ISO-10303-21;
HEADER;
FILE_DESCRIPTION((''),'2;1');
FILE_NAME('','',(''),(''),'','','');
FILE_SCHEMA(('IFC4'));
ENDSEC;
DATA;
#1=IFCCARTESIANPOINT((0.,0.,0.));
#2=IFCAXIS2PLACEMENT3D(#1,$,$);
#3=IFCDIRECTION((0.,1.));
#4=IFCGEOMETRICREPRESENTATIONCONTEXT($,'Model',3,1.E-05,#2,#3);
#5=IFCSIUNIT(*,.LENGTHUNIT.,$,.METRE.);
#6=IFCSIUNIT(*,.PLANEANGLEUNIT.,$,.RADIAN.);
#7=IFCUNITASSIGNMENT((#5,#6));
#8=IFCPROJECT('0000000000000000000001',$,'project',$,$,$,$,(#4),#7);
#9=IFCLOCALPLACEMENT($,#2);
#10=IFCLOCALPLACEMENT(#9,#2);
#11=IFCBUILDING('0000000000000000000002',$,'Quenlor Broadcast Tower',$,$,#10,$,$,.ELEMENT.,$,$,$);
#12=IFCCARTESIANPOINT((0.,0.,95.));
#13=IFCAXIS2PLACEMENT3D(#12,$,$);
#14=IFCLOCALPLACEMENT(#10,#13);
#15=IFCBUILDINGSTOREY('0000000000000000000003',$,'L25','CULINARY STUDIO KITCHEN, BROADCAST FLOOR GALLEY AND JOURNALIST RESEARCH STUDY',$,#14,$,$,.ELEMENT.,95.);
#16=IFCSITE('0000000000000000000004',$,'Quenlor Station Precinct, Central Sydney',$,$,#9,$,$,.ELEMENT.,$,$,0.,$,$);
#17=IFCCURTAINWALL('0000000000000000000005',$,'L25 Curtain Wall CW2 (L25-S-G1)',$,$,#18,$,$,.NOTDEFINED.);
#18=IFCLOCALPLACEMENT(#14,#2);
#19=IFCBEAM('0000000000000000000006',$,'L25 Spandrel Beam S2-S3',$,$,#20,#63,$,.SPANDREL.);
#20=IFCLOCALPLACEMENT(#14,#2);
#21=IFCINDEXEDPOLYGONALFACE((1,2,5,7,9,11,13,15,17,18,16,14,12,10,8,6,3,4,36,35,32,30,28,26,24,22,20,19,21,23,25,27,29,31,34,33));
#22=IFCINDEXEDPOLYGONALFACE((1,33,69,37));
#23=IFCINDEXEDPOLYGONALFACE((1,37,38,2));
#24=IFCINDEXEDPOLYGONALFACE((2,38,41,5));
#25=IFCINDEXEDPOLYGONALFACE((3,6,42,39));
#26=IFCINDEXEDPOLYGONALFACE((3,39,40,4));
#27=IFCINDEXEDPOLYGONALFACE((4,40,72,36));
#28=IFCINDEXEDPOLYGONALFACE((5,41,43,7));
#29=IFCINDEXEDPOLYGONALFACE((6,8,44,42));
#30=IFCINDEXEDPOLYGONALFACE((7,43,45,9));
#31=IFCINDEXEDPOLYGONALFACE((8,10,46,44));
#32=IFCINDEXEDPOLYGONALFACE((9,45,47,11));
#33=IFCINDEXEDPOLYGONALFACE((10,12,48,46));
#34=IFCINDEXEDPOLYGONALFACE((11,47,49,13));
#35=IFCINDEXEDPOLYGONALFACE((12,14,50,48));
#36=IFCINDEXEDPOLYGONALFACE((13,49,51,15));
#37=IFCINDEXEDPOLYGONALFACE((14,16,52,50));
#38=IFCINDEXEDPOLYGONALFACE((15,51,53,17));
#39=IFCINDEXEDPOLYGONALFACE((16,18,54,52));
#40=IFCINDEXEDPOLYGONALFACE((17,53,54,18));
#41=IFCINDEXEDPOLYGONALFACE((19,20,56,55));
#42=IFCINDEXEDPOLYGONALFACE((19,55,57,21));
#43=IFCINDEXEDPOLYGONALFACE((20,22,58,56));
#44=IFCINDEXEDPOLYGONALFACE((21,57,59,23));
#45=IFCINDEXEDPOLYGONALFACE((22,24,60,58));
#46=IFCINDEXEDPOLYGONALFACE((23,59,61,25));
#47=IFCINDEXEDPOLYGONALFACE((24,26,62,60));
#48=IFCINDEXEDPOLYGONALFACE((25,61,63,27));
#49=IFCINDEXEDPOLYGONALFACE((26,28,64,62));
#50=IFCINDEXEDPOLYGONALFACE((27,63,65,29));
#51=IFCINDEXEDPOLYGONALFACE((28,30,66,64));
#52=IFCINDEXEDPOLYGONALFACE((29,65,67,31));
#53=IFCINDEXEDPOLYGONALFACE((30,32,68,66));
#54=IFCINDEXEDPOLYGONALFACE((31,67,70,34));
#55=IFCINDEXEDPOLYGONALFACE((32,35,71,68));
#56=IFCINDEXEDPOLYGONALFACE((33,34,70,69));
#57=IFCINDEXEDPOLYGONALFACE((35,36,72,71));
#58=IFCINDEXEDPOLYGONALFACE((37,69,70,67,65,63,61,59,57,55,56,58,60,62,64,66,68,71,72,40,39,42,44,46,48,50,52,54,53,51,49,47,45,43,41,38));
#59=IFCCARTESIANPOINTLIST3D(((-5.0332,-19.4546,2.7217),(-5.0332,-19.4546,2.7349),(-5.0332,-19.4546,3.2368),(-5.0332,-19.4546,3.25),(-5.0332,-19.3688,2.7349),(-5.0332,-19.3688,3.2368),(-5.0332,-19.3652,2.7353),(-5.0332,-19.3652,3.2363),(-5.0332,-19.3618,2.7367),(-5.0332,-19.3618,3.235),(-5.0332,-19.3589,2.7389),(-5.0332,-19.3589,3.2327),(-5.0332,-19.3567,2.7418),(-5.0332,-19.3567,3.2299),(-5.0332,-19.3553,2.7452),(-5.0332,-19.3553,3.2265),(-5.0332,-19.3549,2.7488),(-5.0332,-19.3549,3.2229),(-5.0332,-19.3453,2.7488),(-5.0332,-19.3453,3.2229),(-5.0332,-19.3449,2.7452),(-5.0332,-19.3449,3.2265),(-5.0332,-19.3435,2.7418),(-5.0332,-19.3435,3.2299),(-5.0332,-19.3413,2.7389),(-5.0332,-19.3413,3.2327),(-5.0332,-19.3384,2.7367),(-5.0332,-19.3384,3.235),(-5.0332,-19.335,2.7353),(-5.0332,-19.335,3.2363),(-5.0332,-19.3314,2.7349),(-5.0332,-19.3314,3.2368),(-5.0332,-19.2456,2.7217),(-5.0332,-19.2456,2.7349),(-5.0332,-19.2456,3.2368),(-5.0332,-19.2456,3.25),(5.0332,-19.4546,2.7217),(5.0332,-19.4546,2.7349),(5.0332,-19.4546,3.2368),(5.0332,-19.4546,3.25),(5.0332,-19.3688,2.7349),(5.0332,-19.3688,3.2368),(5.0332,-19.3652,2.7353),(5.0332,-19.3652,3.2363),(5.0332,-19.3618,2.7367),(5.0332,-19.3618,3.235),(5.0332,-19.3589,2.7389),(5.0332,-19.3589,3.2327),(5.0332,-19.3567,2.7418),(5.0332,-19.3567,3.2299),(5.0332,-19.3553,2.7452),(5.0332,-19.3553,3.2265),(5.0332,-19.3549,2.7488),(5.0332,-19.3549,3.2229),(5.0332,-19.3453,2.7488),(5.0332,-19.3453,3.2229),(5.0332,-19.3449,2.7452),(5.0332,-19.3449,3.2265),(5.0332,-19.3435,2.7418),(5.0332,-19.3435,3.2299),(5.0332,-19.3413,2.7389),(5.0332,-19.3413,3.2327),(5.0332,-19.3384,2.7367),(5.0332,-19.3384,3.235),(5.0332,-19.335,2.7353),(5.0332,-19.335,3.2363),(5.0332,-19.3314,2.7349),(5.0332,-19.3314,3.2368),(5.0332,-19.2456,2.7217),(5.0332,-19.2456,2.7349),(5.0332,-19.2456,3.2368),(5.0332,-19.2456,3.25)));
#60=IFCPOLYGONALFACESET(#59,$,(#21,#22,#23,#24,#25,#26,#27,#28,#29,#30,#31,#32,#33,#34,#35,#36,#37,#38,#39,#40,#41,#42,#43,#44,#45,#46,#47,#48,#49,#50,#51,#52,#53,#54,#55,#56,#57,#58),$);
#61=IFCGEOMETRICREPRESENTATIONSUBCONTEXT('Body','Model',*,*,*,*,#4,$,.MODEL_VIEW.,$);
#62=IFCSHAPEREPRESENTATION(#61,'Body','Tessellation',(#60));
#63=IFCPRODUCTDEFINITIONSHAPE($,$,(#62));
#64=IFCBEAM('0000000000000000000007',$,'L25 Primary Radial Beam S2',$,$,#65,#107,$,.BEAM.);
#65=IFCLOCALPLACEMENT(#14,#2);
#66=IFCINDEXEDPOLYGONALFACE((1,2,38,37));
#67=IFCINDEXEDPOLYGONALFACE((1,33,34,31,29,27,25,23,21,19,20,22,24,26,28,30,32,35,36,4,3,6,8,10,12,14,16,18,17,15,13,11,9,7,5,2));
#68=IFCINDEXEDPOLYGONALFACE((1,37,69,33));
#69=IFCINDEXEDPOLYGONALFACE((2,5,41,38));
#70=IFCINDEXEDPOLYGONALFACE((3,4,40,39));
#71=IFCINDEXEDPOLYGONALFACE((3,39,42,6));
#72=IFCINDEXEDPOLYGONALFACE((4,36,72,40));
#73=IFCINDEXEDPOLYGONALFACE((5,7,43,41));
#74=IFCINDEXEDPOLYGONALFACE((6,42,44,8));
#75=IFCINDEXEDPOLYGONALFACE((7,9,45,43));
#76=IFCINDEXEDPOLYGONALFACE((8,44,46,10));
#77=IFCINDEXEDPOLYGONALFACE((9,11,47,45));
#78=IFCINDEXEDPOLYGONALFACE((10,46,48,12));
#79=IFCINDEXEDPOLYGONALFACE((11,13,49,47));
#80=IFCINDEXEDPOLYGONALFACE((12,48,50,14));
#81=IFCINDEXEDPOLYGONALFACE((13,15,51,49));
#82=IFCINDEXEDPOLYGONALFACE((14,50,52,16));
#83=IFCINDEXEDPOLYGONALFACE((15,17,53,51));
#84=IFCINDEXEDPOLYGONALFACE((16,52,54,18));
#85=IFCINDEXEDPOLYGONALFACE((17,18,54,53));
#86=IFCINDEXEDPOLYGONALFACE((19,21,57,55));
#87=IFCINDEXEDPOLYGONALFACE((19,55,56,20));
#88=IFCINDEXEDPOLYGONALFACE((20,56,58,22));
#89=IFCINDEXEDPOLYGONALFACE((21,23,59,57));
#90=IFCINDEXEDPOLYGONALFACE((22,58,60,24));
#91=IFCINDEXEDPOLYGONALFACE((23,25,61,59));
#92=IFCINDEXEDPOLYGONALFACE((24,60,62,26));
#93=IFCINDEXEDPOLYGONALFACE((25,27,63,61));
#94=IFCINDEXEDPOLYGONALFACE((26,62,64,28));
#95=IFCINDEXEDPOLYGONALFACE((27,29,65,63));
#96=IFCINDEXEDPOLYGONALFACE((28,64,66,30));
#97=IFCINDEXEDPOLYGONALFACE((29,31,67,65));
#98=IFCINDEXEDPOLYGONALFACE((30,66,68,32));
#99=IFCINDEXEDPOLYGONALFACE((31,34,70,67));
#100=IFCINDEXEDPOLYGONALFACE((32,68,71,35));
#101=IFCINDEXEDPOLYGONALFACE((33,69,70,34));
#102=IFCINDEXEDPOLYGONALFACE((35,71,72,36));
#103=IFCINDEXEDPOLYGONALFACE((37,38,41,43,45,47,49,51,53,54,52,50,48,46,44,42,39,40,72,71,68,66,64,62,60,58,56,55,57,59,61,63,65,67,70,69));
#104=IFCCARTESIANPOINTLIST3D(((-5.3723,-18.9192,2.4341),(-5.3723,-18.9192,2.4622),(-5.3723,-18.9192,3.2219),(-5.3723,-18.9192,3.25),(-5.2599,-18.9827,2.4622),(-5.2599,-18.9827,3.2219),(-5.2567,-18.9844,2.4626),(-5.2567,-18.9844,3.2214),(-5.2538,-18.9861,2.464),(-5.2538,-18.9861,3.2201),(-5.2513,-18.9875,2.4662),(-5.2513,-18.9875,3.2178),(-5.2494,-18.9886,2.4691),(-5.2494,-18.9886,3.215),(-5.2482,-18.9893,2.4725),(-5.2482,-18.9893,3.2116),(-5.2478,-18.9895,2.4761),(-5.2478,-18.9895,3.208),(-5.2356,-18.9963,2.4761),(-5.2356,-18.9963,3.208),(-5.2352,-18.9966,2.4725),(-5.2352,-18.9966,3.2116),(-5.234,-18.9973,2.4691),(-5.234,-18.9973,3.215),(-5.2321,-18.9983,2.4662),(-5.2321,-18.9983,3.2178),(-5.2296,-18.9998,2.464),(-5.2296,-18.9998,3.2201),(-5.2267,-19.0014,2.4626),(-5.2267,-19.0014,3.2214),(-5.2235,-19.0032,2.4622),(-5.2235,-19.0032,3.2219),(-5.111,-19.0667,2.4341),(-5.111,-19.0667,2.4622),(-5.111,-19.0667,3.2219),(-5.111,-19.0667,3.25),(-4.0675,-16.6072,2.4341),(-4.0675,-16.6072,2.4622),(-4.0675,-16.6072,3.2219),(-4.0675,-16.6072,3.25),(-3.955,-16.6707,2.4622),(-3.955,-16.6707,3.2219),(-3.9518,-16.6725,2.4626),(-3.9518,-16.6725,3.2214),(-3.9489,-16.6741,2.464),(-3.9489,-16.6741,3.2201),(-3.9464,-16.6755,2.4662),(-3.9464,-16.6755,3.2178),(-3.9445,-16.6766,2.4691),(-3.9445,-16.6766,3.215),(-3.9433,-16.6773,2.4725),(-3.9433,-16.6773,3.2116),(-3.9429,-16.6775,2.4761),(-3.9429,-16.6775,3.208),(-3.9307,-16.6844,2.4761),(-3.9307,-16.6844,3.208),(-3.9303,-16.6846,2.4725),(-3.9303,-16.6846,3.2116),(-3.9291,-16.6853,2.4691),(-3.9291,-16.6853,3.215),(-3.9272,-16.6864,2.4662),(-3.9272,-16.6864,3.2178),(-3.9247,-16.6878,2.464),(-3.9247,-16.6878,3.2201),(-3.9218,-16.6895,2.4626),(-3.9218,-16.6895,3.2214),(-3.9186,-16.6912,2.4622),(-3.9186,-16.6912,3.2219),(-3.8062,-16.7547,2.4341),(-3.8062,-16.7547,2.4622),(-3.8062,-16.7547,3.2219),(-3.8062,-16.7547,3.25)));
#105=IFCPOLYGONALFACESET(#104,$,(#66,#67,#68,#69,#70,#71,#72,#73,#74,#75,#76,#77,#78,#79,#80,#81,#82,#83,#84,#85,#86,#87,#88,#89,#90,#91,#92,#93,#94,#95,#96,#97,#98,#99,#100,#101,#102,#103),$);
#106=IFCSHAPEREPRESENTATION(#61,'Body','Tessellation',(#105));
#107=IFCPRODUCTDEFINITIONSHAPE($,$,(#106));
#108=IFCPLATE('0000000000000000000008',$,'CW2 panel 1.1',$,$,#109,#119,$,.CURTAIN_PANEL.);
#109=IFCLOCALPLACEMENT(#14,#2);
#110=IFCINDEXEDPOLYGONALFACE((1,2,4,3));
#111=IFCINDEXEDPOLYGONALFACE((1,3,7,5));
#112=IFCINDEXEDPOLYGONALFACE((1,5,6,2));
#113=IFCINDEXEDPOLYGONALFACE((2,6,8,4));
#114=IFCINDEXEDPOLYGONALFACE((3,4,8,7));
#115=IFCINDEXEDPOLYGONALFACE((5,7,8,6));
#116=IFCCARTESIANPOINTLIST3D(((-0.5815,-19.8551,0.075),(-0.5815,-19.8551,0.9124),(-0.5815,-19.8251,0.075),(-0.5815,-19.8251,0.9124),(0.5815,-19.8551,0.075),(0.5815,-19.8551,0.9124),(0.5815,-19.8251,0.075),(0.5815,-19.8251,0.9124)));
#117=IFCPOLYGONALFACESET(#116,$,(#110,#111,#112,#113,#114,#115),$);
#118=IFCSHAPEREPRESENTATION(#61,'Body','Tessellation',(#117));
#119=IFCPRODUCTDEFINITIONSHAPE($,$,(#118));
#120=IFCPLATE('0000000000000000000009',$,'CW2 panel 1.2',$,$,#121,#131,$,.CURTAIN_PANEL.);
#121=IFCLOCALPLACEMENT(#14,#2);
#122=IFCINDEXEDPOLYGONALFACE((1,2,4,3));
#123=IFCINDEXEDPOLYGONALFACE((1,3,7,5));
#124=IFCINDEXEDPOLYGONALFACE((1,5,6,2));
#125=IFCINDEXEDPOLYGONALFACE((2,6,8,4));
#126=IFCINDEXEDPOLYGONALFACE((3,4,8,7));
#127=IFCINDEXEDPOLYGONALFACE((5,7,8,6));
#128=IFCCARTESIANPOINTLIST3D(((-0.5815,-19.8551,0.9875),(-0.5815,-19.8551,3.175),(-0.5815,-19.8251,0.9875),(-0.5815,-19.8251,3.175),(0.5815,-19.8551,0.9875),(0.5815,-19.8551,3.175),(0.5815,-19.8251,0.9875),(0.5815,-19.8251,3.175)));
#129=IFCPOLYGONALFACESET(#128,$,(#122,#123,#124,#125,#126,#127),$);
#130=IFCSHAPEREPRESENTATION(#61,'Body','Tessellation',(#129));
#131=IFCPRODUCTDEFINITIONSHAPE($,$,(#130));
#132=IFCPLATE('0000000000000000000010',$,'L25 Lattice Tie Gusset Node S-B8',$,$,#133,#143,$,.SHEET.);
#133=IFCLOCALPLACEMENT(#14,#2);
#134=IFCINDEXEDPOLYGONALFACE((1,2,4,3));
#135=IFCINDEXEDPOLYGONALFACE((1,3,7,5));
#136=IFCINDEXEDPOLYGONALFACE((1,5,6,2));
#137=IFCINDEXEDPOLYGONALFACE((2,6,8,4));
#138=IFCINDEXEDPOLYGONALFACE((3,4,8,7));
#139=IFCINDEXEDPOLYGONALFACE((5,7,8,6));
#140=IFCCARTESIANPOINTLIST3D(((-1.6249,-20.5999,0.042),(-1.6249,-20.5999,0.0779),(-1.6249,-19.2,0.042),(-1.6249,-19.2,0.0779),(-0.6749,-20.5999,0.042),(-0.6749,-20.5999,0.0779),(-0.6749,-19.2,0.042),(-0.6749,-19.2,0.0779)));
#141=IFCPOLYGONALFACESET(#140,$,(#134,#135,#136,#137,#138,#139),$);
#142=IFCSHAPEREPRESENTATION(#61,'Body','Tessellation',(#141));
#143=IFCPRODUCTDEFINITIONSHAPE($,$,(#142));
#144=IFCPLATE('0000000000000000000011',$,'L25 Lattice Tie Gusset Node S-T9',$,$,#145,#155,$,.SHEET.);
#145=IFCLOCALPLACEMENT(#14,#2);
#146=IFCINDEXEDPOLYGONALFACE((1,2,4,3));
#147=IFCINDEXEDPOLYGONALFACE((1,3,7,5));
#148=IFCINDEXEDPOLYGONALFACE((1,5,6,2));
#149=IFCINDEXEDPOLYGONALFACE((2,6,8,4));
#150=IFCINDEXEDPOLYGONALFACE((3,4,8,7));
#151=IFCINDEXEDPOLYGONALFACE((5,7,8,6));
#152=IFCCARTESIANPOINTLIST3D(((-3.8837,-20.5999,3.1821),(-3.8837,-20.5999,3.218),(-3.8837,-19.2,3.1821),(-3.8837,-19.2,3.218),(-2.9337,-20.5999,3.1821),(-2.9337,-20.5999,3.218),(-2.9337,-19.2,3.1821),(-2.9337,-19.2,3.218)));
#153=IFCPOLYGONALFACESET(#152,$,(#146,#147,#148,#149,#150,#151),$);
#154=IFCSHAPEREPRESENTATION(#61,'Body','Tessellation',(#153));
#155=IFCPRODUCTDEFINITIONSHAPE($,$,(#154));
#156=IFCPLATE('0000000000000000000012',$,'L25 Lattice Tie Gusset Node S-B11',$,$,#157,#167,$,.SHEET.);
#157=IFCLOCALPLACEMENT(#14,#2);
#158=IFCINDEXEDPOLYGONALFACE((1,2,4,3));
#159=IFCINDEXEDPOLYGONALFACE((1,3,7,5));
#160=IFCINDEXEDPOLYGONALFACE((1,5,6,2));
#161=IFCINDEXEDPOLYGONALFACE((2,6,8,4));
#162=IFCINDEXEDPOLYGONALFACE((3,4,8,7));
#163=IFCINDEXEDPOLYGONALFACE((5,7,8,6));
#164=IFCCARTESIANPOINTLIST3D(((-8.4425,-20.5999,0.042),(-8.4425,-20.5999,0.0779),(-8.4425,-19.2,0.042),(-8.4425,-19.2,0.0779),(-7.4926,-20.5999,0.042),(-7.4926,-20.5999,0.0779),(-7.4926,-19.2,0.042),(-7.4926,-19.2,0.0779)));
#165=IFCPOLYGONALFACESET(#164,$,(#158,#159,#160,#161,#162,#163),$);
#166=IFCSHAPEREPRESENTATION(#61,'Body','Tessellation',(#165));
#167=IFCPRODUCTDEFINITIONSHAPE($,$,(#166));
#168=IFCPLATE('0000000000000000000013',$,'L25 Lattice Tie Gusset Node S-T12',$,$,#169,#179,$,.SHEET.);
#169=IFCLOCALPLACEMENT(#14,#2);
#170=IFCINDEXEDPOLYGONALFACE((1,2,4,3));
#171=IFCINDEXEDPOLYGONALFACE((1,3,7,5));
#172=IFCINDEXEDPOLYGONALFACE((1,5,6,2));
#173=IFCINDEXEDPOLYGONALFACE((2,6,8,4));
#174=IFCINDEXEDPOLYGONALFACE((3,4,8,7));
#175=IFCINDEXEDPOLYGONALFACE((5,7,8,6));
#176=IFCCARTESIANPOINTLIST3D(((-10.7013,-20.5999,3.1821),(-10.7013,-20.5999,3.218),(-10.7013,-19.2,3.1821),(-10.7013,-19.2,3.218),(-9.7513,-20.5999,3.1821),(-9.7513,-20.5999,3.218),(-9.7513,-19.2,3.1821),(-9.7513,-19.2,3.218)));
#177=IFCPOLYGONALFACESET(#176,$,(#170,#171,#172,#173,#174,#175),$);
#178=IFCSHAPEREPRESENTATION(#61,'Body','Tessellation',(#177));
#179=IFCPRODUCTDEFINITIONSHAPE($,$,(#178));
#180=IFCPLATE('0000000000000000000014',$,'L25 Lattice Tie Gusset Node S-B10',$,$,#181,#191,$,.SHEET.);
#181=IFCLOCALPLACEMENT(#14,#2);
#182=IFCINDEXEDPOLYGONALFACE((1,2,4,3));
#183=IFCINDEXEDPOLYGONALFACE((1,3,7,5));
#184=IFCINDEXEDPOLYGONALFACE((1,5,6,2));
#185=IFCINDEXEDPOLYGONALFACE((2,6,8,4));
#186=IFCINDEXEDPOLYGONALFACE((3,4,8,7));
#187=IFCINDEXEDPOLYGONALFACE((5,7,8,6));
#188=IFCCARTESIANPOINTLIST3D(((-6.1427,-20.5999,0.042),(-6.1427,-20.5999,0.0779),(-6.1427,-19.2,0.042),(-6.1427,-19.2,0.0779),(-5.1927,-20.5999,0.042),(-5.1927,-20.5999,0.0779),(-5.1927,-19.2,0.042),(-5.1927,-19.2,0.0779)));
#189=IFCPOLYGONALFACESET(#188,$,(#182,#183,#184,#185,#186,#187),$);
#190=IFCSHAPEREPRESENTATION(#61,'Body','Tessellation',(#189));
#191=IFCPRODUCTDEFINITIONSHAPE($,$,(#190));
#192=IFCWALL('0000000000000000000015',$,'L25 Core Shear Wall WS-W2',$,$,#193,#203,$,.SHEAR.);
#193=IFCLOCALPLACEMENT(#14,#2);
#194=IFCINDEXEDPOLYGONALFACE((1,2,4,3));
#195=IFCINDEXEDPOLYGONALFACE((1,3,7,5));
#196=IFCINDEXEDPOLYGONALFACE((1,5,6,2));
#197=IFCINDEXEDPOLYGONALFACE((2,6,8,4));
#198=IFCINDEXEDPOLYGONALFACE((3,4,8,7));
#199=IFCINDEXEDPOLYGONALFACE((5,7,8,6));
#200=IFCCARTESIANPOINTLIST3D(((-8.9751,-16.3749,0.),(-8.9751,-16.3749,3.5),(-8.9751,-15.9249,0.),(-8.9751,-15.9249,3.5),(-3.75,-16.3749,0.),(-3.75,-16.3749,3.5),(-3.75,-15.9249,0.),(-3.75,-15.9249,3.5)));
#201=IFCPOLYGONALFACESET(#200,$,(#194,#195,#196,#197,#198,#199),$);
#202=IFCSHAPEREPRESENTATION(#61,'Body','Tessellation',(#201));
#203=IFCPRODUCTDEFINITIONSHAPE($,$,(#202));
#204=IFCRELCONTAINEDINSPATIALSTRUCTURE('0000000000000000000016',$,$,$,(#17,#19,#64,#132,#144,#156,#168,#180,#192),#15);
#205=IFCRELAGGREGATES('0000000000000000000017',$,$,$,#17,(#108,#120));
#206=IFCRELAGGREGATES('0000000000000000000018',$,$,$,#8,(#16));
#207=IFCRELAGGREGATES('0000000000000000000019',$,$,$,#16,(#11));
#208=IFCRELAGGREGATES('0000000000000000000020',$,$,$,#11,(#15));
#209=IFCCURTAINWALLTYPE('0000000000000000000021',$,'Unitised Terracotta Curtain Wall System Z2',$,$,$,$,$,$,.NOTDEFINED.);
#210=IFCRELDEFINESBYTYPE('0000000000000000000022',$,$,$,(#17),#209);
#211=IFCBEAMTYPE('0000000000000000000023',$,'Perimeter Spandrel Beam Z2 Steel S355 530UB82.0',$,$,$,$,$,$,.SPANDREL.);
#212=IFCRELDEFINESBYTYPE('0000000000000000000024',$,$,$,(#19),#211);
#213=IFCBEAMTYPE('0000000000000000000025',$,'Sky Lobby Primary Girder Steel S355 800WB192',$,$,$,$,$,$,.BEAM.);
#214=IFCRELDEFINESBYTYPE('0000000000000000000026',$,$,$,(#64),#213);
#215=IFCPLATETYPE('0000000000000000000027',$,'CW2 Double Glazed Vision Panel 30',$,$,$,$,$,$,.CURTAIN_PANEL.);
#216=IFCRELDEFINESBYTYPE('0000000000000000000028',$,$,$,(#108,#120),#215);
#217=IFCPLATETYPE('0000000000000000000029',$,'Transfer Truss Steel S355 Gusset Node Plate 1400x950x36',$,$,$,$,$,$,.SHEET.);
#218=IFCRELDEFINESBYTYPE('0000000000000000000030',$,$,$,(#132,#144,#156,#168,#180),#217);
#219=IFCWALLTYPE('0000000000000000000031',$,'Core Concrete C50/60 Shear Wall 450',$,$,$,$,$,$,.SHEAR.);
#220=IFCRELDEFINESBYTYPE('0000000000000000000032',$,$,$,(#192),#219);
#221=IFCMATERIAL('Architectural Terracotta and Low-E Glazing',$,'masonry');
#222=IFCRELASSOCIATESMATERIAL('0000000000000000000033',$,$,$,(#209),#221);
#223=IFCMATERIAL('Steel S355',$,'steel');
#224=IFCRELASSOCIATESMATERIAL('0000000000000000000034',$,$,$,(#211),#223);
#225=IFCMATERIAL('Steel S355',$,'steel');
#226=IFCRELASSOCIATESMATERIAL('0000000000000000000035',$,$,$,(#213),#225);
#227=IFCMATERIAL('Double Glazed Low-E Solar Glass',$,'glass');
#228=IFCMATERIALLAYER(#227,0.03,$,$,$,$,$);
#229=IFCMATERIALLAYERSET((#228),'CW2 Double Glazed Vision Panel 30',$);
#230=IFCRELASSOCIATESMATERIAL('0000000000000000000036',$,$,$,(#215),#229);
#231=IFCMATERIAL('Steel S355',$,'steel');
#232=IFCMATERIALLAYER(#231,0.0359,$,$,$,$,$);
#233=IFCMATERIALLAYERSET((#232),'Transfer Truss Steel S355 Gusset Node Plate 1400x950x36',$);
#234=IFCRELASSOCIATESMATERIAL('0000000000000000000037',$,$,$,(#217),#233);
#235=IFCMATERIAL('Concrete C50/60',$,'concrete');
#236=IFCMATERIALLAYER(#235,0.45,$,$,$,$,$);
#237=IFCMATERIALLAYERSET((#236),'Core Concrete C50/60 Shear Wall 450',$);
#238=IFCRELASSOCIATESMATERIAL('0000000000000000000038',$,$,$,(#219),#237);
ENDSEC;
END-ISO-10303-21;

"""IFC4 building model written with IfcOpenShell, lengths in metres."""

from ifc_helpers import new_model, si_unit, direction, frame, frame_2d, origin, origin_2d, place, context, subcontext, project, spatial, rectangle, i_section, extrude, material, layer, layer_set, material_profile, profile_set, type_object, element, aggregate, save


model = new_model("IFC4")

# Units and contexts
model_context = context("Model", 3, precision=1e-05, world=origin(), true_north=direction((0.0, 1.0)))
body_context = subcontext(model_context, "Body", "Model", "MODEL_VIEW")
ifc_project = project(units=[si_unit("LENGTHUNIT", "METRE"), si_unit("PLANEANGLEUNIT", "RADIAN")], contexts=[model_context])

# Site, building, storey
site_placement = place(None, origin())
site = spatial("IfcSite", under=ifc_project, at=site_placement, Name="Quenlor Station Precinct, Central Sydney", CompositionType="ELEMENT", RefElevation=0.0)
building_placement = place(site_placement, origin())
building = spatial("IfcBuilding", under=site, at=building_placement, Name="Quenlor Broadcast Tower", CompositionType="ELEMENT")
storey_placement = place(building_placement, frame((0.0, 0.0, 95.0)))
storey = spatial("IfcBuildingStorey", under=building, at=storey_placement, Name="L25", Description="CULINARY STUDIO KITCHEN, BROADCAST FLOOR GALLEY AND JOURNALIST RESEARCH STUDY", CompositionType="ELEMENT", Elevation=95.0)

# Curtain wall
ifc_material_1 = material(Name="Architectural Terracotta and Low-E Glazing", Category="masonry")
curtain_wall_type = type_object("IfcCurtainWallType", Name="Unitised Terracotta Curtain Wall System Z2", PredefinedType="NOTDEFINED", material=ifc_material_1)
curtain_wall_placement = place(storey_placement, origin())
curtain_wall = element("IfcCurtainWall", 1, at=curtain_wall_placement, inside=storey, type_object=curtain_wall_type, Name="L25 Curtain Wall CW2 (L25-S-G1)", PredefinedType="NOTDEFINED")

# Beams
ifc_material_2 = material(Name="Steel S355", Category="steel")
ifc_material_profile_1 = material_profile(ifc_material_2, i_section(OverallWidth=0.209, OverallDepth=0.5283, WebThickness=0.0095, FlangeThickness=0.0132, FilletRadius=0.0139, at=origin_2d()))
ifc_profile_set_1 = profile_set([ifc_material_profile_1], Name="Steel S355 530UB82.0")
beam_type_1 = type_object("IfcBeamType", Name="Perimeter Spandrel Beam Z2 Steel S355 530UB82.0", PredefinedType="SPANDREL", material=ifc_profile_set_1)
beam_1_placement = place(storey_placement, frame((-5.0332, -19.3501, 2.9858), z_axis=(1.0, 0.0, 0.0), x_axis=(0.0, 1.0, 0.0)))
element("IfcBeam", 2, at=beam_1_placement, inside=storey, type_object=beam_type_1, Name="L25 Spandrel Beam S2-S3", PredefinedType="SPANDREL", context=body_context, shape_type="SweptSolid", body=[
    extrude(i_section(OverallWidth=0.209, OverallDepth=0.5283, WebThickness=0.0095, FlangeThickness=0.0132, FilletRadius=0.0139, at=origin_2d()), origin(), (0.0, 0.0, 1.0), 10.0664),
])
ifc_material_3 = material(Name="Steel S355", Category="steel")
ifc_material_profile_2 = material_profile(ifc_material_3, i_section(OverallWidth=0.3, OverallDepth=0.8159, WebThickness=0.0139, FlangeThickness=0.0281, FilletRadius=0.0139, at=origin_2d()))
ifc_profile_set_2 = profile_set([ifc_material_profile_2], Name="Steel S355 800WB192")
beam_type_2 = type_object("IfcBeamType", Name="Sky Lobby Primary Girder Steel S355 800WB192", PredefinedType="BEAM", material=ifc_profile_set_2)
beam_2_placement = place(storey_placement, frame((-5.2417, -18.9929, 2.842), z_axis=(0.491527, 0.870862, 0.0), x_axis=(-0.870862, 0.491527, 0.0)))
element("IfcBeam", 3, at=beam_2_placement, inside=storey, type_object=beam_type_2, Name="L25 Primary Radial Beam S2", PredefinedType="BEAM", context=body_context, shape_type="SweptSolid", body=[
    extrude(i_section(OverallWidth=0.3, OverallDepth=0.8159, WebThickness=0.0139, FlangeThickness=0.0281, FilletRadius=0.0139, at=origin_2d()), origin(), (0.0, 0.0, 1.0), 2.6548),
])

# Plates
ifc_material_4 = material(Name="Double Glazed Low-E Solar Glass", Category="glass")
ifc_layer_1 = layer(ifc_material_4, 0.03)
ifc_layer_set_1 = layer_set([ifc_layer_1], Name="CW2 Double Glazed Vision Panel 30")
plate_type_1 = type_object("IfcPlateType", Name="CW2 Double Glazed Vision Panel 30", PredefinedType="CURTAIN_PANEL", material=ifc_layer_set_1)
plate_1_placement = place(storey_placement, frame((0.0, -19.8401, 0.075), z_axis=(0.0, 0.0, 1.0), x_axis=(-1.0, 0.0, 0.0)))
plate_1 = element("IfcPlate", 4, at=plate_1_placement, type_object=plate_type_1, Name="CW2 panel 1.1", PredefinedType="CURTAIN_PANEL", context=body_context, shape_type="SweptSolid", body=[
    extrude(rectangle(XDim=1.1631, YDim=0.03, at=origin_2d()), origin(), (0.0, 0.0, 1.0), 0.8374),
])
plate_2_placement = place(storey_placement, frame((0.0, -19.8401, 0.9875), z_axis=(0.0, 0.0, 1.0), x_axis=(-1.0, 0.0, 0.0)))
plate_2 = element("IfcPlate", 5, at=plate_2_placement, type_object=plate_type_1, Name="CW2 panel 1.2", PredefinedType="CURTAIN_PANEL", context=body_context, shape_type="SweptSolid", body=[
    extrude(rectangle(XDim=1.1631, YDim=0.03, at=origin_2d()), origin(), (0.0, 0.0, 1.0), 2.1875),
])
aggregate(curtain_wall, [plate_1, plate_2])

# Plates
ifc_material_5 = material(Name="Steel S355", Category="steel")
ifc_layer_2 = layer(ifc_material_5, 0.0359)
ifc_layer_set_2 = layer_set([ifc_layer_2], Name="Transfer Truss Steel S355 Gusset Node Plate 1400x950x36")
plate_type_2 = type_object("IfcPlateType", Name="Transfer Truss Steel S355 Gusset Node Plate 1400x950x36", PredefinedType="SHEET", material=ifc_layer_set_2)
for number, where, z_axis, x_axis, name in (
    (6, (-1.1499, -19.8999, 0.042), (0.0, 0.0, 1.0), (0.0, -1.0, 0.0), "L25 Lattice Tie Gusset Node S-B8"),
    (7, (-3.4087, -19.8999, 3.1821), (0.0, 0.0, 1.0), (0.0, -1.0, 0.0), "L25 Lattice Tie Gusset Node S-T9"),
    (8, (-7.9675, -19.8999, 0.042), (0.0, 0.0, 1.0), (0.0, -1.0, 0.0), "L25 Lattice Tie Gusset Node S-B11"),
    (9, (-10.2263, -19.8999, 3.1821), (0.0, 0.0, 1.0), (0.0, -1.0, 0.0), "L25 Lattice Tie Gusset Node S-T12"),
    (10, (-5.6677, -19.8999, 0.042), (0.0, 0.0, 1.0), (0.0, -1.0, 0.0), "L25 Lattice Tie Gusset Node S-B10"),
):
    element("IfcPlate", number, at=place(storey_placement, frame(where, z_axis=z_axis, x_axis=x_axis)), inside=storey, type_object=plate_type_2, Name=name, PredefinedType="SHEET", context=body_context, shape_type="SweptSolid", body=[
        extrude(rectangle(XDim=1.3999, YDim=0.95, at=origin_2d()), origin(), (0.0, 0.0, 1.0), 0.0359),
    ])

# Wall
ifc_material_6 = material(Name="Concrete C50/60", Category="concrete")
ifc_layer_3 = layer(ifc_material_6, 0.45)
ifc_layer_set_3 = layer_set([ifc_layer_3], Name="Core Concrete C50/60 Shear Wall 450")
wall_type_1 = type_object("IfcWallType", Name="Core Concrete C50/60 Shear Wall 450", PredefinedType="SHEAR", material=ifc_layer_set_3)
wall_1_placement = place(storey_placement, frame((-8.9751, -16.1499, 0.0), z_axis=(0.0, 0.0, 1.0), x_axis=(1.0, 0.0, 0.0)))
element("IfcWall", 11, at=wall_1_placement, inside=storey, type_object=wall_type_1, Name="L25 Core Shear Wall WS-W2", PredefinedType="SHEAR", context=body_context, shape_type="SweptSolid", body=[
    extrude(rectangle(XDim=5.2251, YDim=0.45, at=frame_2d((2.6125, 0.0))), origin(), (0.0, 0.0, 1.0), 3.5),
])

save(model, "model.ifc")
